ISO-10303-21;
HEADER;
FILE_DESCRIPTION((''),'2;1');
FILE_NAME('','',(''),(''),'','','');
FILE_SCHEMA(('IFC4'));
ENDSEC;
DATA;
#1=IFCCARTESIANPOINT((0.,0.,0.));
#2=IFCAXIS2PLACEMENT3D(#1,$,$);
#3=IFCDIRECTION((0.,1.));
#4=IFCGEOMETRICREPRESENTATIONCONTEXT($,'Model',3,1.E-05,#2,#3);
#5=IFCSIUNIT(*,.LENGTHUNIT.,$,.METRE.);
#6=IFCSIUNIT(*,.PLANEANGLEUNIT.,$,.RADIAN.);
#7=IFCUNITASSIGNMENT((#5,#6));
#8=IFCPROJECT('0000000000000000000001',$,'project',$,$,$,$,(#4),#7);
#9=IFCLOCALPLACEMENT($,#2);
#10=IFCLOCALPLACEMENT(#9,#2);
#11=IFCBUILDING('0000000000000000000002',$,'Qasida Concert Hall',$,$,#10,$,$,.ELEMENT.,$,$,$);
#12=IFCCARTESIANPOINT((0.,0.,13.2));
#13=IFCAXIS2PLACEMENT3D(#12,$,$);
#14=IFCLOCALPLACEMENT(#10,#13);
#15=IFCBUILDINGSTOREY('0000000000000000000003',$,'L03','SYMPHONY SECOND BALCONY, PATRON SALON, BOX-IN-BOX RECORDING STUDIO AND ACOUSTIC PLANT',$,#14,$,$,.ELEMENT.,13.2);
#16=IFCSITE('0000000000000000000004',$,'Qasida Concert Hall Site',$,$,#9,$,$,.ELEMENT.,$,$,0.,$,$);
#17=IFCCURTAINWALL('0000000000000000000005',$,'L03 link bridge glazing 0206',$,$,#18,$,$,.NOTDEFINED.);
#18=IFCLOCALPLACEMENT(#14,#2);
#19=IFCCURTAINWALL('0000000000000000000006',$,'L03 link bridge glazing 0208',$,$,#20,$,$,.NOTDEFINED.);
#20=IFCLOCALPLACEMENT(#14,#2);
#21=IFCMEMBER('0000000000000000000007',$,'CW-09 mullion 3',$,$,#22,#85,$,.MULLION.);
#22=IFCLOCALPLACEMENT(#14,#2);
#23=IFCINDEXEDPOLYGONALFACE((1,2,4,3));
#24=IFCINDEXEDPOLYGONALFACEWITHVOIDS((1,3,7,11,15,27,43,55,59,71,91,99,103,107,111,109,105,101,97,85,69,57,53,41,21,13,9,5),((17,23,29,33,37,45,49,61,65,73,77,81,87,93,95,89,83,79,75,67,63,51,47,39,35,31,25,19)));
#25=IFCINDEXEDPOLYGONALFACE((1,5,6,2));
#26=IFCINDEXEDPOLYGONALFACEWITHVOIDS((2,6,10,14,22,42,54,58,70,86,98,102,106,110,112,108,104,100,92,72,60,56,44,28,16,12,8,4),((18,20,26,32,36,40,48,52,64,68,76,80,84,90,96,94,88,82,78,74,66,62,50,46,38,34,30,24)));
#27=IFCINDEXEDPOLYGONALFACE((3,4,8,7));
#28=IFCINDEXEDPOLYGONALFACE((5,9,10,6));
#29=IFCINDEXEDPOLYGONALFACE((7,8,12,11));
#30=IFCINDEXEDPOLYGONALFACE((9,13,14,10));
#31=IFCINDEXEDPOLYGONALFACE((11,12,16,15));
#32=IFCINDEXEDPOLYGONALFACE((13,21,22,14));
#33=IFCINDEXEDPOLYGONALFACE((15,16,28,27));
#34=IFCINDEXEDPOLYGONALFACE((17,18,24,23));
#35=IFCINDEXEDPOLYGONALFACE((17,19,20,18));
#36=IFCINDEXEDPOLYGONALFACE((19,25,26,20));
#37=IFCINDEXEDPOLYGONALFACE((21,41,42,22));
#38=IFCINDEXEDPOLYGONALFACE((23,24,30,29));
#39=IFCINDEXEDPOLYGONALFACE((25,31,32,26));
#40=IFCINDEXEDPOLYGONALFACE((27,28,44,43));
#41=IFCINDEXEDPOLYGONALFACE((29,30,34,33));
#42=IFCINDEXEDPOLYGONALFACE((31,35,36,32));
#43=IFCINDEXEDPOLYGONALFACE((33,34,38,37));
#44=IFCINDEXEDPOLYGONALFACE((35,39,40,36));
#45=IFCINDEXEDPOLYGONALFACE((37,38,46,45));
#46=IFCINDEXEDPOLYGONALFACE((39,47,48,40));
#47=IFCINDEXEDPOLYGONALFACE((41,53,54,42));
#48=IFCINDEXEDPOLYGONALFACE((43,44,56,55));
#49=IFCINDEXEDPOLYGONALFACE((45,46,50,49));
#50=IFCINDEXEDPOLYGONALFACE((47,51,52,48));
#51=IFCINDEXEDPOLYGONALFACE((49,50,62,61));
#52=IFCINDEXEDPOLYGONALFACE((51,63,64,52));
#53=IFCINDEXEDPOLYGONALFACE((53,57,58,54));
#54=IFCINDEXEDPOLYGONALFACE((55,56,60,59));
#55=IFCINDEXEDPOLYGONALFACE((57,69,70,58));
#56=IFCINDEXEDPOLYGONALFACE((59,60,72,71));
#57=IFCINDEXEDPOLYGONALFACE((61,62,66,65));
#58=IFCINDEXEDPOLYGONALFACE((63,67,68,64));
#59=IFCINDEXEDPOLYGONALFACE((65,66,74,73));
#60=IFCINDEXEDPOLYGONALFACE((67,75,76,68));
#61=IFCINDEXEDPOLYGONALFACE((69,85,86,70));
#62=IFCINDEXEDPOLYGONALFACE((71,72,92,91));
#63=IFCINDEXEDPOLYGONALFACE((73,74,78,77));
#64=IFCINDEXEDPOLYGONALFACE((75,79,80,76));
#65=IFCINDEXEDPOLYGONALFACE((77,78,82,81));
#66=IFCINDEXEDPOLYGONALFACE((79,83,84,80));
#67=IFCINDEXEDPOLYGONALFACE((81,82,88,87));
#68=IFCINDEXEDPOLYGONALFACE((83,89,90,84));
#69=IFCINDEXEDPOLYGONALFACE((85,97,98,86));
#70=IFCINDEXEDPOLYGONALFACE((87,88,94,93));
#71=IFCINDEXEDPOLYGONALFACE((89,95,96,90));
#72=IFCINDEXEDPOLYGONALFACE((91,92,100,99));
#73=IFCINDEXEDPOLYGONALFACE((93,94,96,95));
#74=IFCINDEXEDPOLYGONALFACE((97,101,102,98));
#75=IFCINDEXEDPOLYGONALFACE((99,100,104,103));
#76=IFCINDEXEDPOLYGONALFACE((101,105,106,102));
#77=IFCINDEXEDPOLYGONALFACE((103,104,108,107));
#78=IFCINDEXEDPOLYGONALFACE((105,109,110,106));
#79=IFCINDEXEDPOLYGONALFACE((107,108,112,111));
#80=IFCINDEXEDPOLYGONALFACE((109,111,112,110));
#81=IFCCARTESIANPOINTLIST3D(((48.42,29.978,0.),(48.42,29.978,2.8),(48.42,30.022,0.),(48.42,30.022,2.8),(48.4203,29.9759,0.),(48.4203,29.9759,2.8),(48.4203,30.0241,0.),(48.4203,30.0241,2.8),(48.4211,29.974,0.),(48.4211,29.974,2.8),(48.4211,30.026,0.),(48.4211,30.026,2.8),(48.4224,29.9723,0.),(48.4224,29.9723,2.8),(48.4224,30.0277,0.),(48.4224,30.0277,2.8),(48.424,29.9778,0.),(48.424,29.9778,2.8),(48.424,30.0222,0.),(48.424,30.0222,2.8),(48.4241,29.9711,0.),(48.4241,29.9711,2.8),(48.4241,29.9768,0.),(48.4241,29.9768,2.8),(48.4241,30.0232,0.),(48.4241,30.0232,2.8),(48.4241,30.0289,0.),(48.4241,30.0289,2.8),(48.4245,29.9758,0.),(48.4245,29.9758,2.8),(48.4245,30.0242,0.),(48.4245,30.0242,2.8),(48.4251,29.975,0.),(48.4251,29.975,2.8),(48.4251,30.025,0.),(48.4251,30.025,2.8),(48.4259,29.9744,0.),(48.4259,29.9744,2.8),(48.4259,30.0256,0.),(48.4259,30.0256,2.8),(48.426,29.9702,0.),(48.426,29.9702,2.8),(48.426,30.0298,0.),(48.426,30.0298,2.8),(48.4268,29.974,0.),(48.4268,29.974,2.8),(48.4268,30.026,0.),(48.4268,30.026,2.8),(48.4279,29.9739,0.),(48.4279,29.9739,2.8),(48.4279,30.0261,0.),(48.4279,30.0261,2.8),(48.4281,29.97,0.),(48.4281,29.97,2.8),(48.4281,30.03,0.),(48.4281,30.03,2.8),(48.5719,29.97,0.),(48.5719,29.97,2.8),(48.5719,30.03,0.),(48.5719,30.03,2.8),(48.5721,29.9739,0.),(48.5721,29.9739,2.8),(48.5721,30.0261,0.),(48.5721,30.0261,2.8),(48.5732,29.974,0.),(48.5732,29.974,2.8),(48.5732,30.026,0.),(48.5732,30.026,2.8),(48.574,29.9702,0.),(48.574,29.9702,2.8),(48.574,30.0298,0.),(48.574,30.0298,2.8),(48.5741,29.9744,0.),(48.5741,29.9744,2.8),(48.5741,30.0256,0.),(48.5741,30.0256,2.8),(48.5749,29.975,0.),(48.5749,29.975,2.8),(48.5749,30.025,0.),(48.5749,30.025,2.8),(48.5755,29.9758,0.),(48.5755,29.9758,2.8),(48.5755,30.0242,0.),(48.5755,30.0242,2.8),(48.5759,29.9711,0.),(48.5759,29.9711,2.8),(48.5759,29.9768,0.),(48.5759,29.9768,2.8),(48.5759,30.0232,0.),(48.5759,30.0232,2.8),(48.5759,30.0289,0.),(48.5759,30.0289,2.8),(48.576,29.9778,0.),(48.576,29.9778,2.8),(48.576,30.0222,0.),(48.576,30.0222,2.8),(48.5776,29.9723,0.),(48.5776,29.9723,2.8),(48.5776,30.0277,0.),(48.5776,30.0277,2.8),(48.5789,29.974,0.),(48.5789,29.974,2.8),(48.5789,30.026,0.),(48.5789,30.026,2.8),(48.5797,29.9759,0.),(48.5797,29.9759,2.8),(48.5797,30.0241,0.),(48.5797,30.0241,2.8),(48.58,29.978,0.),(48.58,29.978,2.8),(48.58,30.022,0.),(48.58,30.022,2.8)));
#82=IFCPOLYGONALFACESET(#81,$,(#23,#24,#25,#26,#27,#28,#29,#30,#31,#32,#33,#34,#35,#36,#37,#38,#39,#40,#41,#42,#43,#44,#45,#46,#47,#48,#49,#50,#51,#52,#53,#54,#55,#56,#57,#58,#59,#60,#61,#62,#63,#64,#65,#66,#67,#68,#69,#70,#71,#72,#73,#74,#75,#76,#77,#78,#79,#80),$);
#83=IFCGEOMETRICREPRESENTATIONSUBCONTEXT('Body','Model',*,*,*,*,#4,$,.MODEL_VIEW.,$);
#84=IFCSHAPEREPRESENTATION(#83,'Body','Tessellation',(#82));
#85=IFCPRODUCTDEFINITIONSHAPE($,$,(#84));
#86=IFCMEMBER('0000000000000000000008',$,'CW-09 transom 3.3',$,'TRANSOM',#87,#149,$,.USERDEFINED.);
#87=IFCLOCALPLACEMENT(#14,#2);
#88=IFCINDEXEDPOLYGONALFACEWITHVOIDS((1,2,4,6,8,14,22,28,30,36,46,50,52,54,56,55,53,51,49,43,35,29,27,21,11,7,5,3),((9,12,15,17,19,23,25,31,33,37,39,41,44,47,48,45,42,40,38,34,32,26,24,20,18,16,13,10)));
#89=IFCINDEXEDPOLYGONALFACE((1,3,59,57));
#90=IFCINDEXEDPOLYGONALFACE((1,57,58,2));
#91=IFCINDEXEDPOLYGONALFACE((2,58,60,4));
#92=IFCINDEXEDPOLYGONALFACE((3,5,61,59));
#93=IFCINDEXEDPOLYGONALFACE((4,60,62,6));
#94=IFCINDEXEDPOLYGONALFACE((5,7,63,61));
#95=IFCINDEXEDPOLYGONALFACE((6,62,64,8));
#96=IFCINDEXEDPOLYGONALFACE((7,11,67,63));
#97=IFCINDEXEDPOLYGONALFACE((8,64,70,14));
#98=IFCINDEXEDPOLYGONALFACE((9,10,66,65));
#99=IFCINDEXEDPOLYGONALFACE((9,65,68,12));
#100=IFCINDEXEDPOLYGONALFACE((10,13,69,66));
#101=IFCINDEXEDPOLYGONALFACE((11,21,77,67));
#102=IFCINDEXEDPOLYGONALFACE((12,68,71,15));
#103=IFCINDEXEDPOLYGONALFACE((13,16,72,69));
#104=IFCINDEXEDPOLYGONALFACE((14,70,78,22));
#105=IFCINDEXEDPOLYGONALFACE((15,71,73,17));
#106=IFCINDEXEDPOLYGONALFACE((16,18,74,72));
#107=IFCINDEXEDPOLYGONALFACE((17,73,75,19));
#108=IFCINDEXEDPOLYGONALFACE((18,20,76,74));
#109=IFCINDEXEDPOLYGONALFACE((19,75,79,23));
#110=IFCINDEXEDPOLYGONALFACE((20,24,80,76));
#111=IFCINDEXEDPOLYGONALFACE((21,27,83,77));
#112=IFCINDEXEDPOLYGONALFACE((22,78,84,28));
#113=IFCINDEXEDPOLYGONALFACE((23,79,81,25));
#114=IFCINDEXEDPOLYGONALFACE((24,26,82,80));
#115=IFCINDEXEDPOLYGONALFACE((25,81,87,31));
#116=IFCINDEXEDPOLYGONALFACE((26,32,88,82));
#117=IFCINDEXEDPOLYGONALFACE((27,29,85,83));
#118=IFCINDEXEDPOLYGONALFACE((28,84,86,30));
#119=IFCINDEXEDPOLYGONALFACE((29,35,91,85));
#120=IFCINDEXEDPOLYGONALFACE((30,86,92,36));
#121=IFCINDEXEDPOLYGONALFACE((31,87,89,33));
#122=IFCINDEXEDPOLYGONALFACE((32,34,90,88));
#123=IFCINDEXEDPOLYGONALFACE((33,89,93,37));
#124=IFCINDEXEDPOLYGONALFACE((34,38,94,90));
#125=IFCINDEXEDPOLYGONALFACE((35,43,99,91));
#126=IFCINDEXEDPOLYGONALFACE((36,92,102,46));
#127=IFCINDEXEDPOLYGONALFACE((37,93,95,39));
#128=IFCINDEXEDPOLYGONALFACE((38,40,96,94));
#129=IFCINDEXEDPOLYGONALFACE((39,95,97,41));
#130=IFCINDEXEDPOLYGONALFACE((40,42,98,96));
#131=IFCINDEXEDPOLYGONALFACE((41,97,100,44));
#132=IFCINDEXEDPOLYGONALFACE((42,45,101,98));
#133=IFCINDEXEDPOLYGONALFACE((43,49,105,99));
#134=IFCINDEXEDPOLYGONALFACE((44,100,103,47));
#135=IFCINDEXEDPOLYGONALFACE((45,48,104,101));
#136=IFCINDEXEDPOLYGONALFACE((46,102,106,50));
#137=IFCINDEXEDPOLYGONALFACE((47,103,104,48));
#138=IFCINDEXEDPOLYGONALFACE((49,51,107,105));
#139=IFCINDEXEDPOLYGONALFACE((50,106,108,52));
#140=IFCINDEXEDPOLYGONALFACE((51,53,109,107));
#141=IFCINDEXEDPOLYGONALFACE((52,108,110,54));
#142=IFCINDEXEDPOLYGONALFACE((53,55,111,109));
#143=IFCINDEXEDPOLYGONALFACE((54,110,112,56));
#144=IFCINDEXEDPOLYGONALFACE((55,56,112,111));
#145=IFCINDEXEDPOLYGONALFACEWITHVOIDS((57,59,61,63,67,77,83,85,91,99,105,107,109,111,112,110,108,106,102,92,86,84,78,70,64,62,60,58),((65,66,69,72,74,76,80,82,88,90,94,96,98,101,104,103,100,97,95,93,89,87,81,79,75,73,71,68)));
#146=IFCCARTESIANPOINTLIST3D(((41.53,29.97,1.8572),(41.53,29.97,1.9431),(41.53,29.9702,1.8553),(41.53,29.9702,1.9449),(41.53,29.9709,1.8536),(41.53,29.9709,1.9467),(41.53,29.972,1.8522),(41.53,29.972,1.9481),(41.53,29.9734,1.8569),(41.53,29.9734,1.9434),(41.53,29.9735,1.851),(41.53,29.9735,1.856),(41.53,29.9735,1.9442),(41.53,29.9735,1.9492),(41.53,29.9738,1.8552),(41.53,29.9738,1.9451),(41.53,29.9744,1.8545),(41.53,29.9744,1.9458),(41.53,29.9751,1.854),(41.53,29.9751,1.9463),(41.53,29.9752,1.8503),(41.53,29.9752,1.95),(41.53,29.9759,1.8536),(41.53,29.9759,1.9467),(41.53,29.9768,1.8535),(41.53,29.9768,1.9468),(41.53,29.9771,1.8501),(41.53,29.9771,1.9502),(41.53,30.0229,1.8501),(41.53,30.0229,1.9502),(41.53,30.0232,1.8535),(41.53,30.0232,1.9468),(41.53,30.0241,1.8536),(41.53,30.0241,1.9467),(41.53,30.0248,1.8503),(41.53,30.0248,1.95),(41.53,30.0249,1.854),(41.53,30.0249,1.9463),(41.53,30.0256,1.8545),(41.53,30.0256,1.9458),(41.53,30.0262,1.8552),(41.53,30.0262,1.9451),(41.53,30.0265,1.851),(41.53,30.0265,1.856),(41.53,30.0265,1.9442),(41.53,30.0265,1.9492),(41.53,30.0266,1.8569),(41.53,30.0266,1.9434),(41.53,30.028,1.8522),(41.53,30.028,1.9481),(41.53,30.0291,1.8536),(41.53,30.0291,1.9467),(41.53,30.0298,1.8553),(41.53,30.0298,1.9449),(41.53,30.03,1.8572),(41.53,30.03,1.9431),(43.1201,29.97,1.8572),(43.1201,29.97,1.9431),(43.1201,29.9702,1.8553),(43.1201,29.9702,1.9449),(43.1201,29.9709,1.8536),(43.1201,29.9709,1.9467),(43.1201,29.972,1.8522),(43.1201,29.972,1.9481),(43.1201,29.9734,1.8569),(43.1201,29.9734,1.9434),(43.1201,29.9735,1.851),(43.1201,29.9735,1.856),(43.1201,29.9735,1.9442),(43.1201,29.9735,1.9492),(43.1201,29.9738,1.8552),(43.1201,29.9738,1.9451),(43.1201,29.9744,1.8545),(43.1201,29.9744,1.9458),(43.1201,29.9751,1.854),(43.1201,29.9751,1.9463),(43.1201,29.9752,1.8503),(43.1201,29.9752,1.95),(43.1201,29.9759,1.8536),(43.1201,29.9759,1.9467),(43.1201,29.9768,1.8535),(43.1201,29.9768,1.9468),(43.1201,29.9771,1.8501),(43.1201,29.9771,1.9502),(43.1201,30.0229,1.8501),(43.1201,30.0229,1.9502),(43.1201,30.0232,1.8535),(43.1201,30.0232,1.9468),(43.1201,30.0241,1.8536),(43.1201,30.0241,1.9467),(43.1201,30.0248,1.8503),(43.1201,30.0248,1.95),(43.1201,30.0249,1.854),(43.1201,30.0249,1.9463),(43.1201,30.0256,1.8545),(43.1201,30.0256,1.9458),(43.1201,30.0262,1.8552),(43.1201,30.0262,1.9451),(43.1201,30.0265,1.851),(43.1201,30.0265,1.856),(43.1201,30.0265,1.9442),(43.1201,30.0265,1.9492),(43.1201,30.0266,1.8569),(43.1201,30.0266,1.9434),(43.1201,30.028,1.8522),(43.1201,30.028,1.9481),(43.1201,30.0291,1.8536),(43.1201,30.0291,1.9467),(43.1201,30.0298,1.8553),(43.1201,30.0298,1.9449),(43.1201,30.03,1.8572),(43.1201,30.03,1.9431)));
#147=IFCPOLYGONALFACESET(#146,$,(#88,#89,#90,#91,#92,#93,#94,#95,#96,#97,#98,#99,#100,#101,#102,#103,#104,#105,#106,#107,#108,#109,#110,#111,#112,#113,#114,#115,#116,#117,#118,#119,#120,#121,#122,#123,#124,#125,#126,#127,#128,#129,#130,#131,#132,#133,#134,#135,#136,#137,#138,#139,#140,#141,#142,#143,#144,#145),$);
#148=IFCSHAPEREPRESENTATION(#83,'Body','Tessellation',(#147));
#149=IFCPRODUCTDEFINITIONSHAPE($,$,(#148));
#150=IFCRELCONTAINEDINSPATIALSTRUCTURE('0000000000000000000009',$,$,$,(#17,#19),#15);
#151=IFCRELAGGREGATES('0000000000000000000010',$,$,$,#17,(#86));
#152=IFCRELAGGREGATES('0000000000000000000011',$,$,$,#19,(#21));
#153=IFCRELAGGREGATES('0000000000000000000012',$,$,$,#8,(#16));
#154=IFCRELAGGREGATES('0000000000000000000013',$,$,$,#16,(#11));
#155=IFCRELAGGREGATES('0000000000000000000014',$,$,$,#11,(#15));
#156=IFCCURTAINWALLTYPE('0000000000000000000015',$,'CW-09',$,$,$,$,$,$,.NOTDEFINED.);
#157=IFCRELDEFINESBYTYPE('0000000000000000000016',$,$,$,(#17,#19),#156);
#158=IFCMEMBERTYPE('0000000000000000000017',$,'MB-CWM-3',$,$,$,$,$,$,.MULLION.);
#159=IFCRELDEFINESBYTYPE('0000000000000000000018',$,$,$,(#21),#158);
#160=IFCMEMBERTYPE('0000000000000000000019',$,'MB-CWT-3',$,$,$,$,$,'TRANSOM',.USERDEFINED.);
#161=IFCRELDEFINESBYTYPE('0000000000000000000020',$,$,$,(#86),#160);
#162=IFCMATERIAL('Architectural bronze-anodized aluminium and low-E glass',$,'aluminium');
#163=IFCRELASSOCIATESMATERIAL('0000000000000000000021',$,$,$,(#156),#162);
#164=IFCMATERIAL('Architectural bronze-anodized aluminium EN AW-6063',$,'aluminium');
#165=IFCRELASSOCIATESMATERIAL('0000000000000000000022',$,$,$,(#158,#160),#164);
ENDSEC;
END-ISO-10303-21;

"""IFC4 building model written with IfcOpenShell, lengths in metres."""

from ifc_helpers import new_model, si_unit, direction, frame, origin, origin_2d, place, context, subcontext, project, spatial, hollow_rectangle, extrude, material, material_profile, profile_set, type_object, element, aggregate, save


model = new_model("IFC4")

# Units and contexts
model_context = context("Model", 3, precision=1e-05, world=origin(), true_north=direction((0.0, 1.0)))
body_context = subcontext(model_context, "Body", "Model", "MODEL_VIEW")
ifc_project = project(units=[si_unit("LENGTHUNIT", "METRE"), si_unit("PLANEANGLEUNIT", "RADIAN")], contexts=[model_context])

# Site, building, storey
site_placement = place(None, origin())
site = spatial("IfcSite", under=ifc_project, at=site_placement, Name="Qasida Concert Hall Site", CompositionType="ELEMENT", RefElevation=0.0)
building_placement = place(site_placement, origin())
building = spatial("IfcBuilding", under=site, at=building_placement, Name="Qasida Concert Hall", CompositionType="ELEMENT")
storey_placement = place(building_placement, frame((0.0, 0.0, 13.2)))
storey = spatial("IfcBuildingStorey", under=building, at=storey_placement, Name="L03", Description="SYMPHONY SECOND BALCONY, PATRON SALON, BOX-IN-BOX RECORDING STUDIO AND ACOUSTIC PLANT", CompositionType="ELEMENT", Elevation=13.2)

# Curtain walls, member
ifc_material_1 = material(Name="Architectural bronze-anodized aluminium and low-E glass", Category="aluminium")
curtain_wall_type = type_object("IfcCurtainWallType", Name="CW-09", PredefinedType="NOTDEFINED", material=ifc_material_1)
curtain_wall_1_placement = place(storey_placement, origin())
curtain_wall_1 = element("IfcCurtainWall", 1, at=curtain_wall_1_placement, inside=storey, type_object=curtain_wall_type, Name="L03 link bridge glazing 0206", PredefinedType="NOTDEFINED")
ifc_material_2 = material(Name="Architectural bronze-anodized aluminium EN AW-6063", Category="aluminium")
ifc_material_profile_1 = material_profile(ifc_material_2, hollow_rectangle(XDim=0.0601, YDim=0.1599, WallThickness=0.0039, InnerFilletRadius=0.0039, OuterFilletRadius=0.0081, at=origin_2d()), Name="CWM 160x60x4")
ifc_profile_set_1 = profile_set([ifc_material_profile_1], Name="Architectural bronze-anodized aluminium EN AW-6063")
member_type_1 = type_object("IfcMemberType", Name="MB-CWM-3", PredefinedType="MULLION", material=ifc_profile_set_1)
curtain_wall_2_placement = place(storey_placement, origin())
curtain_wall_2 = element("IfcCurtainWall", 2, at=curtain_wall_2_placement, inside=storey, type_object=curtain_wall_type, Name="L03 link bridge glazing 0208", PredefinedType="NOTDEFINED")
member_1_placement = place(storey_placement, frame((48.5, 30.0, 0.0), z_axis=(0.0, 0.0, 1.0), x_axis=(0.0, 1.0, 0.0)))
member_1 = element("IfcMember", 3, at=member_1_placement, type_object=member_type_1, Name="CW-09 mullion 3", PredefinedType="MULLION", context=body_context, shape_type="SweptSolid", body=[
    extrude(hollow_rectangle(XDim=0.0601, YDim=0.1599, WallThickness=0.0039, InnerFilletRadius=0.0039, OuterFilletRadius=0.0081, at=origin_2d()), origin(), (0.0, 0.0, 1.0), 2.8),
])

# Member
ifc_material_profile_2 = material_profile(ifc_material_2, hollow_rectangle(XDim=0.0601, YDim=0.1001, WallThickness=0.0034, InnerFilletRadius=0.0034, OuterFilletRadius=0.0071, at=origin_2d()), Name="CWT 100x60x3.5")
ifc_profile_set_2 = profile_set([ifc_material_profile_2], Name="Architectural bronze-anodized aluminium EN AW-6063")
member_type_2 = type_object("IfcMemberType", Name="MB-CWT-3", ElementType="TRANSOM", PredefinedType="USERDEFINED", material=ifc_profile_set_2)
member_2_placement = place(storey_placement, frame((41.53, 30.0, 1.9001), z_axis=(1.0, 0.0, 0.0), x_axis=(0.0, 1.0, 0.0)))
member_2 = element("IfcMember", 4, at=member_2_placement, type_object=member_type_2, Name="CW-09 transom 3.3", ObjectType="TRANSOM", PredefinedType="USERDEFINED", context=body_context, shape_type="SweptSolid", body=[
    extrude(hollow_rectangle(XDim=0.0601, YDim=0.1001, WallThickness=0.0034, InnerFilletRadius=0.0034, OuterFilletRadius=0.0071, at=origin_2d()), origin(), (0.0, 0.0, 1.0), 1.5901),
])

aggregate(curtain_wall_1, [member_2])
aggregate(curtain_wall_2, [member_1])

save(model, "model.ifc")
